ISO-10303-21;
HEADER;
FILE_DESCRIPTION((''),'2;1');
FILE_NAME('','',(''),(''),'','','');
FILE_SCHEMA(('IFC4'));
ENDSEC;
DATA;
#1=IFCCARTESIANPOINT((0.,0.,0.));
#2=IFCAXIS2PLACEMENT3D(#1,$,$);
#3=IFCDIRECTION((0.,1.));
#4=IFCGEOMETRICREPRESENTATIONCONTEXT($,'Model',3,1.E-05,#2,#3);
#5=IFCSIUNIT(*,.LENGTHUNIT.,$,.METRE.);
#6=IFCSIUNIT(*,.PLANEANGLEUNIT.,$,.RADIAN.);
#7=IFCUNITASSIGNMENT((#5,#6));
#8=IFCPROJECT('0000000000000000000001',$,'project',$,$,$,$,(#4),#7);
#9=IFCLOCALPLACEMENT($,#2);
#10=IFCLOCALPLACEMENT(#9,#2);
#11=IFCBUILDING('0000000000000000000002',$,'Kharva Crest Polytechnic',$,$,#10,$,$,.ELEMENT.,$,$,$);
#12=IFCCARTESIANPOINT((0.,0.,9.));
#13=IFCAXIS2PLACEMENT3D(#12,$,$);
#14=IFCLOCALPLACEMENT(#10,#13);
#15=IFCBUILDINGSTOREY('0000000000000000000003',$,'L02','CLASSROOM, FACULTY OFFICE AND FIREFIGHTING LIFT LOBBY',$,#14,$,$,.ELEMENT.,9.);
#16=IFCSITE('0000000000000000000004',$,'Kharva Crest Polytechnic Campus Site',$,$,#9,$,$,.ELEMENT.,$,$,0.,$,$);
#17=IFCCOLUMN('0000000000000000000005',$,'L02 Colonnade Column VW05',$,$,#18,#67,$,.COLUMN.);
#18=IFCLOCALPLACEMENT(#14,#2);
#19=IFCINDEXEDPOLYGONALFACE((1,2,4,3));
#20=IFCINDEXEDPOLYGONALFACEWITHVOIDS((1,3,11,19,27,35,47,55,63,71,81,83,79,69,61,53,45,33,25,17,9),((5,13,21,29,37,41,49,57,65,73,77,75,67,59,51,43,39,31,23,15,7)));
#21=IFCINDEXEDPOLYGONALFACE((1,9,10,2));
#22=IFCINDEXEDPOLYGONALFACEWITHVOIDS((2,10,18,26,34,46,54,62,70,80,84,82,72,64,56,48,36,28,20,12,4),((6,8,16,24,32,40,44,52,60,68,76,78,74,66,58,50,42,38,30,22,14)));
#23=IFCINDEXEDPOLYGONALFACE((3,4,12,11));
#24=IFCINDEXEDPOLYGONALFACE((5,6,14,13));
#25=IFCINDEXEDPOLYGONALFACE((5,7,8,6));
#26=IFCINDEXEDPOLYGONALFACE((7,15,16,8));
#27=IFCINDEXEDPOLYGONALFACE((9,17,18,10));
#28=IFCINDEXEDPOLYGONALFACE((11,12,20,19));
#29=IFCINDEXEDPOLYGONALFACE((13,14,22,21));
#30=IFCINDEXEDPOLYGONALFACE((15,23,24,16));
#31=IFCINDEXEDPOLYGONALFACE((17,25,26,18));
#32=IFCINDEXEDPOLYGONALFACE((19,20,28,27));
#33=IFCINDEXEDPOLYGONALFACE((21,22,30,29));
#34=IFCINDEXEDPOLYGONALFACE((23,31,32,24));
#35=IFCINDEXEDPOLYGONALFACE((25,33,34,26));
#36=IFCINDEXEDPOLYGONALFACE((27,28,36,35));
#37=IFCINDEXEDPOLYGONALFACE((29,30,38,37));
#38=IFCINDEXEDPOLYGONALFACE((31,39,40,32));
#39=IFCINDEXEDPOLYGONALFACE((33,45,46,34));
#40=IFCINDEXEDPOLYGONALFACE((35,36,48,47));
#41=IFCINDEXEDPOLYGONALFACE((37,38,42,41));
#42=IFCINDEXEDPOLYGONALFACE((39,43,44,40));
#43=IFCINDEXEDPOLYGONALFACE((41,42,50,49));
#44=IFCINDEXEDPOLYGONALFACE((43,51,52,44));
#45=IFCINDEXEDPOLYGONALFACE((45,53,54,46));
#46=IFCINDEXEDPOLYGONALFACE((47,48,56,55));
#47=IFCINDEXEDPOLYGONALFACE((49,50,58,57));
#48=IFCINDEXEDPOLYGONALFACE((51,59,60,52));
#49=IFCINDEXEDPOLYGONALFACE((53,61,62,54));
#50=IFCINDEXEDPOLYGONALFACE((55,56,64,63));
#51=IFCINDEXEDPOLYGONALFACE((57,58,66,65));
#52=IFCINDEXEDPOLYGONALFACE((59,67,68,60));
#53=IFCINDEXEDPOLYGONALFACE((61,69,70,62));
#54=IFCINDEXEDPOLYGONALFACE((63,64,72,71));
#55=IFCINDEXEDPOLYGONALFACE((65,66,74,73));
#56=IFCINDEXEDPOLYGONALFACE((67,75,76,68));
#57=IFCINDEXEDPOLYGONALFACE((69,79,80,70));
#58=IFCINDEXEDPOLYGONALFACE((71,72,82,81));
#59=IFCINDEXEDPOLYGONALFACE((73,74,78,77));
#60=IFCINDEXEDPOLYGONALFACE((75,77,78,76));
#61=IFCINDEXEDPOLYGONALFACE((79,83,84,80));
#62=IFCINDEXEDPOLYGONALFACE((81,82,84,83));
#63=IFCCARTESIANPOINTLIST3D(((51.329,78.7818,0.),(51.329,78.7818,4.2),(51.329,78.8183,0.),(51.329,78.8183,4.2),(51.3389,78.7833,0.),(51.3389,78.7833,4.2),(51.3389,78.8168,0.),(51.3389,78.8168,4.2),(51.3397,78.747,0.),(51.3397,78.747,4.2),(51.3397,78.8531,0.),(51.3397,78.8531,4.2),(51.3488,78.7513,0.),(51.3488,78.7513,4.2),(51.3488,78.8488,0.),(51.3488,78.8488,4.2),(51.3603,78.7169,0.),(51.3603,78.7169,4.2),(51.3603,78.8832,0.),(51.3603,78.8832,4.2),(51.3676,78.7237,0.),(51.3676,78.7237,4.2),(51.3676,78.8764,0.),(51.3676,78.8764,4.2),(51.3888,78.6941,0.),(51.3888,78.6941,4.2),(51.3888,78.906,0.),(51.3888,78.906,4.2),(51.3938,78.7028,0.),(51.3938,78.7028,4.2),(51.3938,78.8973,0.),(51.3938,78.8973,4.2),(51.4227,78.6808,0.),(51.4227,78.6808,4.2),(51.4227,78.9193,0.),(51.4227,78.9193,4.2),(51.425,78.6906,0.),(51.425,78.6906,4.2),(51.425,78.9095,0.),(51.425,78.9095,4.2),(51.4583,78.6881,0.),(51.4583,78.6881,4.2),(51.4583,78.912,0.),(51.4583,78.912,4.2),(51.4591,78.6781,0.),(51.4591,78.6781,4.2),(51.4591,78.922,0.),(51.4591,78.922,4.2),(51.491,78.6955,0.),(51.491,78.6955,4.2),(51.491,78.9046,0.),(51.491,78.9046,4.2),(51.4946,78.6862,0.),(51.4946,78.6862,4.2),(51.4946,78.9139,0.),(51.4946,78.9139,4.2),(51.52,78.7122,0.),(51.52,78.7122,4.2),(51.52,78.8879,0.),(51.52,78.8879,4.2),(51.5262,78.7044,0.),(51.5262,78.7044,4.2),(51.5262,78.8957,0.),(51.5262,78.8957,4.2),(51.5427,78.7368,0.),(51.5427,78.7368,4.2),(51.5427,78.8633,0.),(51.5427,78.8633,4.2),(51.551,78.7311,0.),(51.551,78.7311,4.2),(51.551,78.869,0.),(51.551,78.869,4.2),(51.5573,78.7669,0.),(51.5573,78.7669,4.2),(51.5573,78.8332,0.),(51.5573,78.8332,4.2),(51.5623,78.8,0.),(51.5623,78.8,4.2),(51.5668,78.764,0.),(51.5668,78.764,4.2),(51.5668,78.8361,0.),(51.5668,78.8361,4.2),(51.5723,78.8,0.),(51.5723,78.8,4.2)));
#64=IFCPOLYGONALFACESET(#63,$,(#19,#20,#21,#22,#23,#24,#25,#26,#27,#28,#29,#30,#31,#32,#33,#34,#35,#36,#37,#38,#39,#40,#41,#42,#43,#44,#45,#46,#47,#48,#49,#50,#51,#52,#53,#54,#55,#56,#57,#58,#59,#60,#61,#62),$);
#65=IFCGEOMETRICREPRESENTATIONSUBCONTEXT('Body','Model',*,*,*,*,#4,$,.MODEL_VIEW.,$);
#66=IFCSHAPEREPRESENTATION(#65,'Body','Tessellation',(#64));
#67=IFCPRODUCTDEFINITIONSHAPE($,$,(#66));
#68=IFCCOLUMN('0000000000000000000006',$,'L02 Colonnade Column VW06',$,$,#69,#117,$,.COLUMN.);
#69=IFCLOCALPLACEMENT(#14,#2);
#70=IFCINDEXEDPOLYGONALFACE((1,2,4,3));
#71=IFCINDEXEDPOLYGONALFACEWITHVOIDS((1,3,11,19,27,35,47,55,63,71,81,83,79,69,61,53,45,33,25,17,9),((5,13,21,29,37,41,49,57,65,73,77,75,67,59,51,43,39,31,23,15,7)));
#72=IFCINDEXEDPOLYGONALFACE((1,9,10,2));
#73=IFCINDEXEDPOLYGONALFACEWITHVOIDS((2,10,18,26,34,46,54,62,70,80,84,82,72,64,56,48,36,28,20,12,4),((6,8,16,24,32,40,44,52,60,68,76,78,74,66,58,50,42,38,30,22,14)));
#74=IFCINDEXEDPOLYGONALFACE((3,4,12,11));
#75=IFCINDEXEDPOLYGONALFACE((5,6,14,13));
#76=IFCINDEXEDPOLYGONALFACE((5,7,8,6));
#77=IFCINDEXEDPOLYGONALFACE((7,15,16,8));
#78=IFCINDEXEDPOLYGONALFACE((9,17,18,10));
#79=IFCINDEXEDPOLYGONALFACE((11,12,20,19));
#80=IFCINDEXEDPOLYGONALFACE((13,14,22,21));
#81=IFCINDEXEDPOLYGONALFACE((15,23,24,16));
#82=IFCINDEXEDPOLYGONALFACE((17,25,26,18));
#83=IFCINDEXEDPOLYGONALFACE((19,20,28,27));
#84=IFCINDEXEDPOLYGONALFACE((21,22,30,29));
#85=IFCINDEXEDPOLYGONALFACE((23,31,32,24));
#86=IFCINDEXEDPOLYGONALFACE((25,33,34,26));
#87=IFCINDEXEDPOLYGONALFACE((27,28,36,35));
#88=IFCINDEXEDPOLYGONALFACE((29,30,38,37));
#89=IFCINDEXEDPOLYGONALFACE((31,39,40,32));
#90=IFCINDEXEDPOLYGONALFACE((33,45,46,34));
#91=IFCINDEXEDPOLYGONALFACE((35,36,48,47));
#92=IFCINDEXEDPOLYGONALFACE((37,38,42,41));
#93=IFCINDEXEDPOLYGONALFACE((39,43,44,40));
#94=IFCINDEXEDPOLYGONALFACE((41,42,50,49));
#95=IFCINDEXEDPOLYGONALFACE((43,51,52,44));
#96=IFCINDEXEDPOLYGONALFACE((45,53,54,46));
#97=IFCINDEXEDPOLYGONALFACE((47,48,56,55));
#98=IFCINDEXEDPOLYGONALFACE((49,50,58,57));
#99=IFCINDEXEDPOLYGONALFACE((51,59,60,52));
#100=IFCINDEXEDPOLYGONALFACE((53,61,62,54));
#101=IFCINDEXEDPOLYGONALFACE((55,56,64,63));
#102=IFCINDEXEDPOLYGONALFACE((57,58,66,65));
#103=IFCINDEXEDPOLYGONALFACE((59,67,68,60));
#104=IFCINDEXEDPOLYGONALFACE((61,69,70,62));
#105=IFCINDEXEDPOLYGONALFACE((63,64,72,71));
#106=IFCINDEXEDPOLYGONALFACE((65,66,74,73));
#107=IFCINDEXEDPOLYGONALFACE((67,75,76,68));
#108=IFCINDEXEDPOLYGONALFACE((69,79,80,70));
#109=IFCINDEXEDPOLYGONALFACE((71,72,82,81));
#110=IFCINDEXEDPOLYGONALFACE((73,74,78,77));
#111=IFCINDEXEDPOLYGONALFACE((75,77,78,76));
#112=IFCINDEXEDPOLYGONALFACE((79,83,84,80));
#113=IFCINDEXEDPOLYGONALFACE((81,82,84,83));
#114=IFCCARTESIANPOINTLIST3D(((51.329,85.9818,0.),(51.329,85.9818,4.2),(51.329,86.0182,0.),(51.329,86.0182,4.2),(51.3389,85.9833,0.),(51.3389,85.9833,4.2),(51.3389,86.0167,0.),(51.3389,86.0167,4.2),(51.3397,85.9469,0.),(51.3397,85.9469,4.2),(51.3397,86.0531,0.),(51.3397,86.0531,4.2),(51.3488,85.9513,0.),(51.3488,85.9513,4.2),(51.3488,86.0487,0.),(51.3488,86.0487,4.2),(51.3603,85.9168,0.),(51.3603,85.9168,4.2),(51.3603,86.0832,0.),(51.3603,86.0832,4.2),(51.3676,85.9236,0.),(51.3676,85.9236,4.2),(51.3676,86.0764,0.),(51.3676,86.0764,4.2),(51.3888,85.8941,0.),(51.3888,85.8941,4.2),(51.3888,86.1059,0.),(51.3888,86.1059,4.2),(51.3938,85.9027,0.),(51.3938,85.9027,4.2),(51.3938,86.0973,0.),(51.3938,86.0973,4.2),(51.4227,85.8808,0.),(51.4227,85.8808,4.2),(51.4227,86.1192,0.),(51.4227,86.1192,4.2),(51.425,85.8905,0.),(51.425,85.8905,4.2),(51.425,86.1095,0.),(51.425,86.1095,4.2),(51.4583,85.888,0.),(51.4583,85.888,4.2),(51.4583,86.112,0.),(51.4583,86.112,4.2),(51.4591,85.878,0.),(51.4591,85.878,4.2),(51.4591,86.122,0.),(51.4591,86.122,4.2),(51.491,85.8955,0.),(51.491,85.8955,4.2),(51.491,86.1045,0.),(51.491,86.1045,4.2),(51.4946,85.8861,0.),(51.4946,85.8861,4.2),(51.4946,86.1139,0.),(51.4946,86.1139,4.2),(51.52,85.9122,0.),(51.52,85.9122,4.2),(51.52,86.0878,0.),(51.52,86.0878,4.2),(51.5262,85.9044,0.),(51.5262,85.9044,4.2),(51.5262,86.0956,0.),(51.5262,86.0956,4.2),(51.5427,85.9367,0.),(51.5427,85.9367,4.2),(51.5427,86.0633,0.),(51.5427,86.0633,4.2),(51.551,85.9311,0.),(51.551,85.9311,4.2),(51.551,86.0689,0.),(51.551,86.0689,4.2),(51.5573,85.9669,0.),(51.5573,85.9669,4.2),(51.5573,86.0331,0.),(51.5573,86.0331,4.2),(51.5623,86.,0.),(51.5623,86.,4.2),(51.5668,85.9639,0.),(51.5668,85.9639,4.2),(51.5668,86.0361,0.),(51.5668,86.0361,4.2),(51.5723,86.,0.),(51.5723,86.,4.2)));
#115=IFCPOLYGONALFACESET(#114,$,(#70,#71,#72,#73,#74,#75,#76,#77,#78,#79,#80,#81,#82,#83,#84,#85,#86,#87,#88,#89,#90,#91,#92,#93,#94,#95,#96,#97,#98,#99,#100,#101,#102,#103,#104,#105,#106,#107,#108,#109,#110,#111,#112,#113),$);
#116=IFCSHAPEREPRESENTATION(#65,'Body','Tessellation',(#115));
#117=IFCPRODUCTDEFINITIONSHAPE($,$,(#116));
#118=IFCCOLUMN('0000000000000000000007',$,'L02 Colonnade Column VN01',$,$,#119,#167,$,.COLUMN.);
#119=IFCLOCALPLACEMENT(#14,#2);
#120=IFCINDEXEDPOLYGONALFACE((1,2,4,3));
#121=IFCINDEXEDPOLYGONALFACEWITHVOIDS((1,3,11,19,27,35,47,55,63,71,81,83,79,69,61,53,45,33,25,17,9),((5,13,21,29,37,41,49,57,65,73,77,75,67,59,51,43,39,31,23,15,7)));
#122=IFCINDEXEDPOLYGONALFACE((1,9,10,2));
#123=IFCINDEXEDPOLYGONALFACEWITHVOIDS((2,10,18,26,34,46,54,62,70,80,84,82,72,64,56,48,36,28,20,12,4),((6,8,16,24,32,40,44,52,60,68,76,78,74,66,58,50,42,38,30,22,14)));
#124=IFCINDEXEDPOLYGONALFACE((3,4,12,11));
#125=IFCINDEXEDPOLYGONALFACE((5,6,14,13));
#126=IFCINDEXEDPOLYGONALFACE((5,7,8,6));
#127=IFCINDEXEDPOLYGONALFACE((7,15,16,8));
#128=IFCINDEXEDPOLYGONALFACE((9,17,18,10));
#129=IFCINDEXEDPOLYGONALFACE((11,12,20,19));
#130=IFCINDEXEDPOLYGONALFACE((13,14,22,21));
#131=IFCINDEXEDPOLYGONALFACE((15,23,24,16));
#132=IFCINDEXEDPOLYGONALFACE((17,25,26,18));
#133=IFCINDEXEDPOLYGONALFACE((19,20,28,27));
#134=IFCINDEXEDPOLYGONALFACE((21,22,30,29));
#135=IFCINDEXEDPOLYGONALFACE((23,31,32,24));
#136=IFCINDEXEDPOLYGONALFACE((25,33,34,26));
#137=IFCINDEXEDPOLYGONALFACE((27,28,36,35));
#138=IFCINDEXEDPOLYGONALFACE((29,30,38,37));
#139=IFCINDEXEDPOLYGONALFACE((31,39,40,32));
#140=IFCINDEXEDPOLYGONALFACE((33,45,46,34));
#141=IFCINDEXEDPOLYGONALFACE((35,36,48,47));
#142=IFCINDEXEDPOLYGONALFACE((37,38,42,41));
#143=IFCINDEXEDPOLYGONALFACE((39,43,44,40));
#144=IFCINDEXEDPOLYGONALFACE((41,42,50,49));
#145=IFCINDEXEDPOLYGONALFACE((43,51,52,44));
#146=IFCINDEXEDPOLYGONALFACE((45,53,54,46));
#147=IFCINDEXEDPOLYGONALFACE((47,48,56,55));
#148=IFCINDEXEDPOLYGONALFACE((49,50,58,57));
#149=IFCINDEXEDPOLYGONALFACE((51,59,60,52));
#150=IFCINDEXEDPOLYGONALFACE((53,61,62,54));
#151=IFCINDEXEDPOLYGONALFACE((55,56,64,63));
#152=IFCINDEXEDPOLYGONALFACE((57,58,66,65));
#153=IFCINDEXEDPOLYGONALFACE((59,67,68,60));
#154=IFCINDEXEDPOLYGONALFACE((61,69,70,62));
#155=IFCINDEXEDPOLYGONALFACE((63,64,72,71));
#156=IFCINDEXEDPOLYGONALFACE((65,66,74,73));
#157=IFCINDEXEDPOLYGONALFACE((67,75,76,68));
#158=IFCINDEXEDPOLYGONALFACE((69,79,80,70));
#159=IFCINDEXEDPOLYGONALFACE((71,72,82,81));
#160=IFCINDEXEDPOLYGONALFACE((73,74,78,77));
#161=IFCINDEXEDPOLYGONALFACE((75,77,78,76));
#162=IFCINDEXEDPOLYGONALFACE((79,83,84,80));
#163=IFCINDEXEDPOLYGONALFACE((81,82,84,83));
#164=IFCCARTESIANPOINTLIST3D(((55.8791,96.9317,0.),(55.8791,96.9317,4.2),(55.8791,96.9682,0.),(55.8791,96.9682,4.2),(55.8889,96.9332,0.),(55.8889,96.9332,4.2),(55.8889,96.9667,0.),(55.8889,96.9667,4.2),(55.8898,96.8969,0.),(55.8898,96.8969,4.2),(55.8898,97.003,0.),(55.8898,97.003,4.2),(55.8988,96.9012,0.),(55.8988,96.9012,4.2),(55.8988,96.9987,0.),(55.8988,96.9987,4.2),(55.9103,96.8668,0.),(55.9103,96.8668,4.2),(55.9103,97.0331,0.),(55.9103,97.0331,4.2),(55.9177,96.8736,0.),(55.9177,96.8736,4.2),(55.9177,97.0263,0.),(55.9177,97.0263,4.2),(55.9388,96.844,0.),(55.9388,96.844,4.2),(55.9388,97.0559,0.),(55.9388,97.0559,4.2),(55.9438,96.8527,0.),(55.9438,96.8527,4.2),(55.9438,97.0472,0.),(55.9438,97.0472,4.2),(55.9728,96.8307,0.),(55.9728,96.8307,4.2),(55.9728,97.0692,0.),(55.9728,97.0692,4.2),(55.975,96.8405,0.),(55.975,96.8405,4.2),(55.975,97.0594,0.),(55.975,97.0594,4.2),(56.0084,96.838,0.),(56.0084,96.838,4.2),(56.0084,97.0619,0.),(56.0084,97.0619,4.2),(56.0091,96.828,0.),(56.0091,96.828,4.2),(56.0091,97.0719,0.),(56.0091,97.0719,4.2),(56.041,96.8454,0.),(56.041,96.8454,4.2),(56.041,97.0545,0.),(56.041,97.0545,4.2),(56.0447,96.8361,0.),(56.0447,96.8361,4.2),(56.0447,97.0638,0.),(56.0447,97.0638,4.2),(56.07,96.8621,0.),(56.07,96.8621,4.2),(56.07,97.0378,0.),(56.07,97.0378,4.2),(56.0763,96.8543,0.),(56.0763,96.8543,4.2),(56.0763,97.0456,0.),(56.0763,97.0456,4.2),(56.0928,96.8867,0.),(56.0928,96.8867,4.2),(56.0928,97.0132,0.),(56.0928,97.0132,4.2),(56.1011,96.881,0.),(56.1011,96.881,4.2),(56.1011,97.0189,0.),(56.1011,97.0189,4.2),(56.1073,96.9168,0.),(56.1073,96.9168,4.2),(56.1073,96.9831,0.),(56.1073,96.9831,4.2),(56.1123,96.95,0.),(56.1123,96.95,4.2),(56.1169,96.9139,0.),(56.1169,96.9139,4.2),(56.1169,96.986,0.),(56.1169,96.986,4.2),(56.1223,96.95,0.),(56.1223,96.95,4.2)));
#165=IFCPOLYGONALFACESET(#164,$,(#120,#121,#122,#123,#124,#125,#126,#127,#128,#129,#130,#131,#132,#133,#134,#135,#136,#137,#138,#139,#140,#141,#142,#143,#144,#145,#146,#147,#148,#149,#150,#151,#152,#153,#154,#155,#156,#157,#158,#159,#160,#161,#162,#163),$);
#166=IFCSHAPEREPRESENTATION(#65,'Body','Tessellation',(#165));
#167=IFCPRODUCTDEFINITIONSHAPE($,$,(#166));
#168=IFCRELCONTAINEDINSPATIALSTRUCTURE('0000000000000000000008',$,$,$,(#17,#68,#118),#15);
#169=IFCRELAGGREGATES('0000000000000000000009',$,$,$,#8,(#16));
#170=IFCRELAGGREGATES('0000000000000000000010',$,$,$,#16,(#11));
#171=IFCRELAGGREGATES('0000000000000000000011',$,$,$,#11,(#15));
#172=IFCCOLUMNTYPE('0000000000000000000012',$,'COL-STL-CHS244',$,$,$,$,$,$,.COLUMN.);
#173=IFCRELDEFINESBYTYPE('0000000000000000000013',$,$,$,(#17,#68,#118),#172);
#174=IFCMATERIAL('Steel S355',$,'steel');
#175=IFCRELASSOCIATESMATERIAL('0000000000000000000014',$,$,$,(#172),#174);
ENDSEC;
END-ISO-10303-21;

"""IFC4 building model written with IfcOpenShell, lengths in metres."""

from ifc_helpers import new_model, si_unit, direction, frame, origin, origin_2d, place, context, subcontext, project, spatial, hollow_circle, extrude, material, material_profile, profile_set, type_object, element, save


model = new_model("IFC4")

# Units and contexts
model_context = context("Model", 3, precision=1e-05, world=origin(), true_north=direction((0.0, 1.0)))
body_context = subcontext(model_context, "Body", "Model", "MODEL_VIEW")
ifc_project = project(units=[si_unit("LENGTHUNIT", "METRE"), si_unit("PLANEANGLEUNIT", "RADIAN")], contexts=[model_context])

# Site, building, storey
site_placement = place(None, origin())
site = spatial("IfcSite", under=ifc_project, at=site_placement, Name="Kharva Crest Polytechnic Campus Site", CompositionType="ELEMENT", RefElevation=0.0)
building_placement = place(site_placement, origin())
building = spatial("IfcBuilding", under=site, at=building_placement, Name="Kharva Crest Polytechnic", CompositionType="ELEMENT")
storey_placement = place(building_placement, frame((0.0, 0.0, 9.0)))
storey = spatial("IfcBuildingStorey", under=building, at=storey_placement, Name="L02", Description="CLASSROOM, FACULTY OFFICE AND FIREFIGHTING LIFT LOBBY", CompositionType="ELEMENT", Elevation=9.0)

# Columns
ifc_material_1 = material(Name="Steel S355", Category="steel")
ifc_material_profile_1 = material_profile(ifc_material_1, hollow_circle(Radius=0.1223, WallThickness=0.01, at=origin_2d()), Name="CHS 244.5X10.0")
ifc_profile_set_1 = profile_set([ifc_material_profile_1], Name="Steel S355")
column_type = type_object("IfcColumnType", Name="COL-STL-CHS244", PredefinedType="COLUMN", material=ifc_profile_set_1)
for number, where, z_axis, x_axis, name in (
    (1, (51.45, 78.8, 0.0), (0.0, 0.0, 1.0), (1.0, 0.0, 0.0), "L02 Colonnade Column VW05"),
    (2, (51.45, 86.0, 0.0), (0.0, 0.0, 1.0), (1.0, 0.0, 0.0), "L02 Colonnade Column VW06"),
    (3, (56.0, 96.95, 0.0), (0.0, 0.0, 1.0), (1.0, 0.0, 0.0), "L02 Colonnade Column VN01"),
):
    element("IfcColumn", number, at=place(storey_placement, frame(where, z_axis=z_axis, x_axis=x_axis)), inside=storey, type_object=column_type, Name=name, PredefinedType="COLUMN", context=body_context, shape_type="SweptSolid", body=[
        extrude(hollow_circle(Radius=0.1223, WallThickness=0.01, at=origin_2d()), origin(), (0.0, 0.0, 1.0), 4.2),
    ])

save(model, "model.ifc")
